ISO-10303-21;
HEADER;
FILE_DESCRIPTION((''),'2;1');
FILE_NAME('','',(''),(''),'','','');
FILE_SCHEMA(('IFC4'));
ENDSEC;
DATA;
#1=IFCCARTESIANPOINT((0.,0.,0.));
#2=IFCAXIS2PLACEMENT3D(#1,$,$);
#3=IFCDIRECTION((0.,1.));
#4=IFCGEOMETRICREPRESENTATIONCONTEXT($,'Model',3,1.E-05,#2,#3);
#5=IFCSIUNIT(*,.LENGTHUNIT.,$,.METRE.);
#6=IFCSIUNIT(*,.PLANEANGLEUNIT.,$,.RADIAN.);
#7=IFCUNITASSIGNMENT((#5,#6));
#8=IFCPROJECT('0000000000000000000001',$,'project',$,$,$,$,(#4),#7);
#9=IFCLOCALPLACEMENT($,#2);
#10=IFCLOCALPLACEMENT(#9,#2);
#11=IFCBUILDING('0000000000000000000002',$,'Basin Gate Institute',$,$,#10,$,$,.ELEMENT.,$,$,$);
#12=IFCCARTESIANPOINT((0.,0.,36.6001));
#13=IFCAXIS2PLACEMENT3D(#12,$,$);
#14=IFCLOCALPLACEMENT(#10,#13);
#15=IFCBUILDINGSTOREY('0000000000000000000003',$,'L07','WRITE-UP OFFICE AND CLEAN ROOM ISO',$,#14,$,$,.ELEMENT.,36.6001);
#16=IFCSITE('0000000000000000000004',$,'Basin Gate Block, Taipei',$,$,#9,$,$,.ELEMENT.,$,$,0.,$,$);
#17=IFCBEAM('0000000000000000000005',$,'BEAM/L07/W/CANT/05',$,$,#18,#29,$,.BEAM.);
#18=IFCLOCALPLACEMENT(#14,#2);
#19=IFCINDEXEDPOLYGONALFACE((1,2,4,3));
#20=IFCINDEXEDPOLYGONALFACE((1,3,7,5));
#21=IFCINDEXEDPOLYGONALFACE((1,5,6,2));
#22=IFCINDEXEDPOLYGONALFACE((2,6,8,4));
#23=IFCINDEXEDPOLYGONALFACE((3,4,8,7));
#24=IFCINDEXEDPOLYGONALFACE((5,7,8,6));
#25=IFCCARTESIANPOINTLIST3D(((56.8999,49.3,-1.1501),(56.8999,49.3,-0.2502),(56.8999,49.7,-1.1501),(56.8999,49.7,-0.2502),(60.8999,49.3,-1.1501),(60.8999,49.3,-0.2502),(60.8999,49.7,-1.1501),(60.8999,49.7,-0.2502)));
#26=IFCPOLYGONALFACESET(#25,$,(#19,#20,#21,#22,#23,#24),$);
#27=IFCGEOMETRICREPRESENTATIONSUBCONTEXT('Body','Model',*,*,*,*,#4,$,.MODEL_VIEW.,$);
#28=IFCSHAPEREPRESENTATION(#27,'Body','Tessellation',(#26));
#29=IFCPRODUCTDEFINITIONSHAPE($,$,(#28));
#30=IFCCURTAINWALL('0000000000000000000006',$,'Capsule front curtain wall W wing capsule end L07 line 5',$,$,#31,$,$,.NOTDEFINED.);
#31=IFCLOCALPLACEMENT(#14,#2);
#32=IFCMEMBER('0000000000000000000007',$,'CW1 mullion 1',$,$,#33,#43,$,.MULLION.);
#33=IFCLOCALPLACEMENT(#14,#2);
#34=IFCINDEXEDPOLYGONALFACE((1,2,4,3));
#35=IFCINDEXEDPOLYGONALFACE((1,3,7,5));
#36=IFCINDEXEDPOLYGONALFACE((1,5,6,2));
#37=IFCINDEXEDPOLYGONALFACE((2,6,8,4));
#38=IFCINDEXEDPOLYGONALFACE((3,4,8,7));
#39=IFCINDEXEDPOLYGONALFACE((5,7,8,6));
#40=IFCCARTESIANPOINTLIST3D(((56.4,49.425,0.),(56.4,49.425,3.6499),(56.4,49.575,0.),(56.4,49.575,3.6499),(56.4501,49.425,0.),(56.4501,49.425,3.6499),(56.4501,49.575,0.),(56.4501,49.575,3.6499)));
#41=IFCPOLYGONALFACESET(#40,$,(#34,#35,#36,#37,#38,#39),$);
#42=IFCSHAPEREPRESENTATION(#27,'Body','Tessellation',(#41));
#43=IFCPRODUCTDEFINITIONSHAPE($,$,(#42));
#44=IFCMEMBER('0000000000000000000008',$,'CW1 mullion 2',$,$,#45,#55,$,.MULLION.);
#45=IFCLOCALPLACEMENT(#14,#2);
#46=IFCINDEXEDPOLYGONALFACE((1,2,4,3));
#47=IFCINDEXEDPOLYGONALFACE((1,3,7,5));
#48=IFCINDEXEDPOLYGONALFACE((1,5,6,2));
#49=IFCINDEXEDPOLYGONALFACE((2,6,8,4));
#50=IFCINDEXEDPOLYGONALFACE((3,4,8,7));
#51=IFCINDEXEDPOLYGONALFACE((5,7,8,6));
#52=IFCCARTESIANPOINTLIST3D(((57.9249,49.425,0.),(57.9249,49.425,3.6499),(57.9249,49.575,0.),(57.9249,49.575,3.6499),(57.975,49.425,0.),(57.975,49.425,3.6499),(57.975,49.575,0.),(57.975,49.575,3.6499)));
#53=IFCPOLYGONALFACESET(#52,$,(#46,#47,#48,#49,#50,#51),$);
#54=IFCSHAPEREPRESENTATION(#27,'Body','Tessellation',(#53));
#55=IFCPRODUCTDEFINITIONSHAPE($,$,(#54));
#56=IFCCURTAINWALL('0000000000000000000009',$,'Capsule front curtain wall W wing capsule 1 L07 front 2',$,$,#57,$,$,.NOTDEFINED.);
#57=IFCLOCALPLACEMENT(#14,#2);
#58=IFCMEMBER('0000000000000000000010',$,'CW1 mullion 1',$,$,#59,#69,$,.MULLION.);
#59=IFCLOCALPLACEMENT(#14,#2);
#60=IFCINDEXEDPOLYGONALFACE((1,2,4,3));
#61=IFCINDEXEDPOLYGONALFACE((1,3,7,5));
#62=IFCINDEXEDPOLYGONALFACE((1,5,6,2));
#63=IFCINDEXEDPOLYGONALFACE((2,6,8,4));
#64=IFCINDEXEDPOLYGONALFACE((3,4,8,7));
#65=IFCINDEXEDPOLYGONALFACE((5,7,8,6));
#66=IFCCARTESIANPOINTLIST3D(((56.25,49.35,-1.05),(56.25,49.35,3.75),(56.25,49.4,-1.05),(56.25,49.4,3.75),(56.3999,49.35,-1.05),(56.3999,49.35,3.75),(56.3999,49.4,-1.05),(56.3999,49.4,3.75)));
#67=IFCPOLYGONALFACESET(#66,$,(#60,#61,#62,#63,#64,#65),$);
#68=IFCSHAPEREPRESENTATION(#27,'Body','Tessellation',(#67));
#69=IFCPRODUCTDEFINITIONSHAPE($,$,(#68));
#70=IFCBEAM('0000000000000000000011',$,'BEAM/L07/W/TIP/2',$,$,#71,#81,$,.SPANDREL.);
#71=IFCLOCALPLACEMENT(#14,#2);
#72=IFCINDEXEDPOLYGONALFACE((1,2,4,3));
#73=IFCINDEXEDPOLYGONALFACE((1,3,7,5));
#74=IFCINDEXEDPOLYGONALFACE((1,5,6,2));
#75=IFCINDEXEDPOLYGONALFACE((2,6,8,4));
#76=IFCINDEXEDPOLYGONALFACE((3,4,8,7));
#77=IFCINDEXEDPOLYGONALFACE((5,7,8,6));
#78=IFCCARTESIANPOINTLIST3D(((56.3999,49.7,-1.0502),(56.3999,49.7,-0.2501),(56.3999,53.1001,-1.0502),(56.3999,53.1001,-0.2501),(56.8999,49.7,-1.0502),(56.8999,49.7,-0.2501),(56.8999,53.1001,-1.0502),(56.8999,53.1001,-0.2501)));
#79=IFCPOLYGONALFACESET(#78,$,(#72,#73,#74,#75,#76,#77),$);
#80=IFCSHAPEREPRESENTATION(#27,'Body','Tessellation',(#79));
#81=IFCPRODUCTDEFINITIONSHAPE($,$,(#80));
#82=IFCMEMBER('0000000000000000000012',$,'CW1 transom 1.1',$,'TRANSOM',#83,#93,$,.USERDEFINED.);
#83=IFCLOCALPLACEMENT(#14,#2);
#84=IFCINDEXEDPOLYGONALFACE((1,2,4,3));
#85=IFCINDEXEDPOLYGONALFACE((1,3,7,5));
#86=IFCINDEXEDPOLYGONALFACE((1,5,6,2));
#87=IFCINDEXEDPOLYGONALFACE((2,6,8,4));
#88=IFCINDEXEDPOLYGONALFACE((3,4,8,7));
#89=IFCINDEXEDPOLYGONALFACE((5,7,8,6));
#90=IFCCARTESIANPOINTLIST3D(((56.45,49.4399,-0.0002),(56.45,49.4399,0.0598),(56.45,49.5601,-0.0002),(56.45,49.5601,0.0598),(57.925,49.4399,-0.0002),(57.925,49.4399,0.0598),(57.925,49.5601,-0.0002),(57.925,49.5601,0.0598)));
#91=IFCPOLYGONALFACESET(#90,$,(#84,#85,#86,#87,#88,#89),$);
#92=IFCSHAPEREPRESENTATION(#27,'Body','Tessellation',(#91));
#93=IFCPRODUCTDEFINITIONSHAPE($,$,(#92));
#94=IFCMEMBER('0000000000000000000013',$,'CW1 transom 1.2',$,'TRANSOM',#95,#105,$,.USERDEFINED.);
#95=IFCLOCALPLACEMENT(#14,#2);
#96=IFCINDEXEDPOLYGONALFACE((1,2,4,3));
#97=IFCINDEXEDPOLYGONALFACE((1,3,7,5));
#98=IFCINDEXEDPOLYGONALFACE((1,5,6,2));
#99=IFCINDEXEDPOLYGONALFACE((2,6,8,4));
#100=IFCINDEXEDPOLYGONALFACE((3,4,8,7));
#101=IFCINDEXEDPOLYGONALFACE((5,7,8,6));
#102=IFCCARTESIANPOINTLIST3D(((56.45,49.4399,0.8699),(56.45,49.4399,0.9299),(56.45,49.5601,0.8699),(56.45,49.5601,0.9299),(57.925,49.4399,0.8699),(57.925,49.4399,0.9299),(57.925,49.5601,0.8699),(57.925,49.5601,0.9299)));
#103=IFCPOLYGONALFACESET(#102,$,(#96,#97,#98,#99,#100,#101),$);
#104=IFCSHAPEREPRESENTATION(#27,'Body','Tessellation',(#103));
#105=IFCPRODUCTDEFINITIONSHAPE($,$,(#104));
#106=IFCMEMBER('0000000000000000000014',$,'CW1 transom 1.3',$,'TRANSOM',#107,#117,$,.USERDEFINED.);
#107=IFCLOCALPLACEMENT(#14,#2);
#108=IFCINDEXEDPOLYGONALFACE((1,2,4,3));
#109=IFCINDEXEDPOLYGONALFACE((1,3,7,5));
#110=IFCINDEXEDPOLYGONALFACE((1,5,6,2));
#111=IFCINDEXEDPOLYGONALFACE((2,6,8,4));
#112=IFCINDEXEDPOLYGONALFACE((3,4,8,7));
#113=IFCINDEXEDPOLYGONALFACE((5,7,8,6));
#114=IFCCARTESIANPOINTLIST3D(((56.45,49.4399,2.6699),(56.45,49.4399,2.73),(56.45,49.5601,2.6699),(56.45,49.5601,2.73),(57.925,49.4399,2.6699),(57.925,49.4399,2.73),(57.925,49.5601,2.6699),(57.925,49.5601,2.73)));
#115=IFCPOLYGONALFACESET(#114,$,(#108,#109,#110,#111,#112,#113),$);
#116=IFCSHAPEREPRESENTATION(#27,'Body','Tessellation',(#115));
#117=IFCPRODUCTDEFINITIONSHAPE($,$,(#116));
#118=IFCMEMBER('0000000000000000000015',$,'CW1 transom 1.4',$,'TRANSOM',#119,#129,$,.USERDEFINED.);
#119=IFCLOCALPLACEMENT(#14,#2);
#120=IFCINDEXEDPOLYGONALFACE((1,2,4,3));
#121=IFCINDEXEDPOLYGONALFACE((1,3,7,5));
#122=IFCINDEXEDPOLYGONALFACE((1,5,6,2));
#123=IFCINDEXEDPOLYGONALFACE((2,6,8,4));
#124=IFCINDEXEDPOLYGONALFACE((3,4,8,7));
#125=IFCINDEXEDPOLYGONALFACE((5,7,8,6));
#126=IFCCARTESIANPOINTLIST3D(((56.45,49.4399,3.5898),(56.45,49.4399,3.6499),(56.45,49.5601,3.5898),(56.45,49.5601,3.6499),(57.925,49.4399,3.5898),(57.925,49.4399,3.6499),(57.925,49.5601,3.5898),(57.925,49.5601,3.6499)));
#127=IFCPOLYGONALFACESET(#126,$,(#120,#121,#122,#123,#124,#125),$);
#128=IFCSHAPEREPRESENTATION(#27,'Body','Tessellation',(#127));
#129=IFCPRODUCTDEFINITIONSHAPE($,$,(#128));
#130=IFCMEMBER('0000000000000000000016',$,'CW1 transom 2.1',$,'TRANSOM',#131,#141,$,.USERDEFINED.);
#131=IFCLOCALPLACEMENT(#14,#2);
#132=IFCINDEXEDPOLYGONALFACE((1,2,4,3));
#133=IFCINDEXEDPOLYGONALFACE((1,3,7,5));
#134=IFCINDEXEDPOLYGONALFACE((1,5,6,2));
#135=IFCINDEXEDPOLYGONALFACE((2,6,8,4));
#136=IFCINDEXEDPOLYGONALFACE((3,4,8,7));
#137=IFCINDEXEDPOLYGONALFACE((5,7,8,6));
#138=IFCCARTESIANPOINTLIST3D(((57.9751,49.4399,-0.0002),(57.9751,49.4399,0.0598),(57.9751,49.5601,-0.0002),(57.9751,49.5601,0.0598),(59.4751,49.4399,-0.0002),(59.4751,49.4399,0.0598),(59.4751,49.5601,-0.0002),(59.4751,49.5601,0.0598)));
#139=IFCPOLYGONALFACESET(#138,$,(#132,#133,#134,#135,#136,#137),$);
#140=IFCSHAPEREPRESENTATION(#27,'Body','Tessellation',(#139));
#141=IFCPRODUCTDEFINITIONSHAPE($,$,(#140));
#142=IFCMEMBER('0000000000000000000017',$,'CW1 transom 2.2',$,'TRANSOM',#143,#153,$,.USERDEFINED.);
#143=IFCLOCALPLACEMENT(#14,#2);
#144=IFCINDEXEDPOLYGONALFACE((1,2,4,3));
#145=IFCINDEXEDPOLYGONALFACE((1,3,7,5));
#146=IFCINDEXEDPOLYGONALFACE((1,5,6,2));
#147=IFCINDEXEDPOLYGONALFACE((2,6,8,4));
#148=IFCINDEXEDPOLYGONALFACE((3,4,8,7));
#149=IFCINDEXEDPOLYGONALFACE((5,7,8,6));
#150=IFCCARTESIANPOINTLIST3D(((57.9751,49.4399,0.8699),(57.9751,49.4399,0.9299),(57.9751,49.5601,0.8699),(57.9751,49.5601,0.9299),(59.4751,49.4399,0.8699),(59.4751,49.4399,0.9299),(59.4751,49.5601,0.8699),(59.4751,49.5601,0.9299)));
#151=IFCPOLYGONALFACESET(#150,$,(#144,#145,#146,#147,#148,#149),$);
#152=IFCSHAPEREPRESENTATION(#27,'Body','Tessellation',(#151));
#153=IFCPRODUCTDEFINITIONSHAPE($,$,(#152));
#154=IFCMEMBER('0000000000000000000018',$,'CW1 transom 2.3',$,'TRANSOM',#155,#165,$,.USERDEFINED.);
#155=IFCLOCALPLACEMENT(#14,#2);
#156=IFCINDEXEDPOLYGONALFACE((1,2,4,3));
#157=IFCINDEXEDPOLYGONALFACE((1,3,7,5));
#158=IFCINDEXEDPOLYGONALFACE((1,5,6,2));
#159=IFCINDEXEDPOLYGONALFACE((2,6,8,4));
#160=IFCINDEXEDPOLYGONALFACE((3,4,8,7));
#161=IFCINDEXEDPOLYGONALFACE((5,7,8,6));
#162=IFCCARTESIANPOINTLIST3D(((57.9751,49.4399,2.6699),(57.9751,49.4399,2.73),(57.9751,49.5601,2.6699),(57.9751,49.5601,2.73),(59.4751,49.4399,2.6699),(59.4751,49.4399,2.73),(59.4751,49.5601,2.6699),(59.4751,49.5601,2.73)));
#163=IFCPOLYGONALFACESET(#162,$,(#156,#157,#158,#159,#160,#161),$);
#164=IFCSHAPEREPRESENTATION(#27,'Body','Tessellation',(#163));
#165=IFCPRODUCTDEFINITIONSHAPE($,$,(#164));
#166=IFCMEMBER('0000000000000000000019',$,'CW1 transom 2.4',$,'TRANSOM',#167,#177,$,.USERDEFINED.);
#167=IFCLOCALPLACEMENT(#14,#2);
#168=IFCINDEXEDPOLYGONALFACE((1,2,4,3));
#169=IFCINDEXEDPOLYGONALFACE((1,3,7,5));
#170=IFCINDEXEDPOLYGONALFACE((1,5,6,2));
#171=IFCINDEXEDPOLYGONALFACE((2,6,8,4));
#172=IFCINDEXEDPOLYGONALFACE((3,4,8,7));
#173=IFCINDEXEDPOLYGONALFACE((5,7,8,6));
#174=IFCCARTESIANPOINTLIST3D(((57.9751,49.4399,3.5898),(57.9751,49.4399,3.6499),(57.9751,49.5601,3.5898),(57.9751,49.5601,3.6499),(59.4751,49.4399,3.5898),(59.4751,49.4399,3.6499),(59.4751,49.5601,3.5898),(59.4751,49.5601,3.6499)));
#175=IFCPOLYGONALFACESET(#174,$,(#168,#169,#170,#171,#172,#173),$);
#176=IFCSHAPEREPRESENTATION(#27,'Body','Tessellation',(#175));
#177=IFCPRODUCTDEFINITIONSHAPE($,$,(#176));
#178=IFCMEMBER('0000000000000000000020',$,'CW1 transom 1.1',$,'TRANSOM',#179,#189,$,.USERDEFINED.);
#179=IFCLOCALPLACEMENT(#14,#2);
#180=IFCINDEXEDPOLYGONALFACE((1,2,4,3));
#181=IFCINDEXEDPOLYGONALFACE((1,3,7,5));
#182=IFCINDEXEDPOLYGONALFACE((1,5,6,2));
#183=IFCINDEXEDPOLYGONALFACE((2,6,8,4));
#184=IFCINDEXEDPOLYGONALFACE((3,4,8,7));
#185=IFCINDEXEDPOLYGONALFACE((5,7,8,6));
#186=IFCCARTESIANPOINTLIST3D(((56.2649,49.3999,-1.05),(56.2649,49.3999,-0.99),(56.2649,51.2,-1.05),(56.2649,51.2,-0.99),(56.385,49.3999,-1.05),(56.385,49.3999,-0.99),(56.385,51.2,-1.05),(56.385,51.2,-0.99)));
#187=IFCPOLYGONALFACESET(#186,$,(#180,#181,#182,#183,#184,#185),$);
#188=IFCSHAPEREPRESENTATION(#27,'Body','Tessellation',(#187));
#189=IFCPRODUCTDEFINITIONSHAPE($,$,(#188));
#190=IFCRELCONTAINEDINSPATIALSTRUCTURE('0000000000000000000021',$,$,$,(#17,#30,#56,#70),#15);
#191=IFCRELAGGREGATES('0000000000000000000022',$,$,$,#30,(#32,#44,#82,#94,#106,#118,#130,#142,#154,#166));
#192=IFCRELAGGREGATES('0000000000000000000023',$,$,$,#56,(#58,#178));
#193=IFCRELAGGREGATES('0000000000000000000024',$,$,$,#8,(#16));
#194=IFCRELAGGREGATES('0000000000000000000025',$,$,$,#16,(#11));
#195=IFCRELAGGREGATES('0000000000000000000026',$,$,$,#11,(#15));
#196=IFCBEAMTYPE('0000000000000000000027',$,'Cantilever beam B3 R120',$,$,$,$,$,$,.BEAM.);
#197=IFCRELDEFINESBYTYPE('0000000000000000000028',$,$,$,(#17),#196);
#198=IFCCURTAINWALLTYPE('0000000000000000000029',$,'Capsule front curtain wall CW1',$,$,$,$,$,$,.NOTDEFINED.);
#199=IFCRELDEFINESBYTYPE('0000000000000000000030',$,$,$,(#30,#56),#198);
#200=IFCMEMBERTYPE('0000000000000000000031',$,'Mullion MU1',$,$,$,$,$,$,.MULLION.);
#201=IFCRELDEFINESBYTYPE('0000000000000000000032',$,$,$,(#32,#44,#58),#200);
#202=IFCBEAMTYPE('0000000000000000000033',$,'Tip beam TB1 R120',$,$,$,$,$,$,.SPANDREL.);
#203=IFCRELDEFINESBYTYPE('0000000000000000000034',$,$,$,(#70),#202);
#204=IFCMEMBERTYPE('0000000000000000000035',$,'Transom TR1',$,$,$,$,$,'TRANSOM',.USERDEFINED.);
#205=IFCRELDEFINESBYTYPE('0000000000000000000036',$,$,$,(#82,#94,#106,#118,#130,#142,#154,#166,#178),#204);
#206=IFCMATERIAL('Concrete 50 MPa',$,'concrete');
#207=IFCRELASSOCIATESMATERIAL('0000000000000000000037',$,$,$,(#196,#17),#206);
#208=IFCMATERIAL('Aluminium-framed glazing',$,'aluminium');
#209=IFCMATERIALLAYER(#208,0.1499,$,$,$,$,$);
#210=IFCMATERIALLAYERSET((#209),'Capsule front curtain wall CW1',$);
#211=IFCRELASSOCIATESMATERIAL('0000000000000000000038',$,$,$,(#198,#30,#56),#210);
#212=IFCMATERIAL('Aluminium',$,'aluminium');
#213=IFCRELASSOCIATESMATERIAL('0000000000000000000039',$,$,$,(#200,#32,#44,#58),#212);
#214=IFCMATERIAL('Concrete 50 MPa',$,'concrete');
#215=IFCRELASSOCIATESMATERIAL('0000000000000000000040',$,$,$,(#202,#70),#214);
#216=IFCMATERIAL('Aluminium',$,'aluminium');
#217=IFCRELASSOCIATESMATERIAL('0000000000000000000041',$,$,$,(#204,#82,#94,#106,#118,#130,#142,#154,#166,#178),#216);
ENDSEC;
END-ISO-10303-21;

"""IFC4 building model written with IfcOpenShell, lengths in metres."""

from ifc_helpers import new_model, si_unit, direction, frame, origin, origin_2d, place, context, subcontext, project, spatial, rectangle, extrude, material, layer, layer_set, material_profile, profile_set, type_object, element, aggregate, save


model = new_model("IFC4")

# Units and contexts
model_context = context("Model", 3, precision=1e-05, world=origin(), true_north=direction((0.0, 1.0)))
body_context = subcontext(model_context, "Body", "Model", "MODEL_VIEW")
ifc_project = project(units=[si_unit("LENGTHUNIT", "METRE"), si_unit("PLANEANGLEUNIT", "RADIAN")], contexts=[model_context])

# Site, building, storey
site_placement = place(None, origin())
site = spatial("IfcSite", under=ifc_project, at=site_placement, Name="Basin Gate Block, Taipei", CompositionType="ELEMENT", RefElevation=0.0)
building_placement = place(site_placement, origin())
building = spatial("IfcBuilding", under=site, at=building_placement, Name="Basin Gate Institute", CompositionType="ELEMENT")
storey_placement = place(building_placement, frame((0.0, 0.0, 36.6001)))
storey = spatial("IfcBuildingStorey", under=building, at=storey_placement, Name="L07", Description="WRITE-UP OFFICE AND CLEAN ROOM ISO", CompositionType="ELEMENT", Elevation=36.6001)

# Beam
ifc_material_1 = material(Name="Concrete 50 MPa", Category="concrete")
ifc_material_profile_1 = material_profile(ifc_material_1, rectangle(XDim=0.3999, YDim=0.8999, at=origin_2d()), Name="Cantilever beam B3 400 x 900")
ifc_profile_set_1 = profile_set([ifc_material_profile_1], Name="Concrete 50 MPa")
beam_type_1 = type_object("IfcBeamType", Name="Cantilever beam B3 R120", PredefinedType="BEAM", material=ifc_profile_set_1)
beam_1_placement = place(storey_placement, frame((56.8999, 49.5, -0.7002), z_axis=(1.0, 0.0, 0.0), x_axis=(0.0, 1.0, 0.0)))
element("IfcBeam", 1, at=beam_1_placement, inside=storey, type_object=beam_type_1, material=ifc_profile_set_1, Name="BEAM/L07/W/CANT/05", PredefinedType="BEAM", context=body_context, shape_type="SweptSolid", body=[
    extrude(rectangle(XDim=0.3999, YDim=0.8999, at=origin_2d()), origin(), (0.0, 0.0, 1.0), 4.0),
])

# Curtain wall, members
ifc_material_2 = material(Name="Aluminium-framed glazing", Category="aluminium")
ifc_layer_1 = layer(ifc_material_2, 0.1499)
ifc_layer_set_1 = layer_set([ifc_layer_1], Name="Capsule front curtain wall CW1")
curtain_wall_type = type_object("IfcCurtainWallType", Name="Capsule front curtain wall CW1", PredefinedType="NOTDEFINED", material=ifc_layer_set_1)
curtain_wall_1_placement = place(storey_placement, origin())
curtain_wall_1 = element("IfcCurtainWall", 2, at=curtain_wall_1_placement, inside=storey, type_object=curtain_wall_type, material=ifc_layer_set_1, Name="Capsule front curtain wall W wing capsule end L07 line 5", PredefinedType="NOTDEFINED")
ifc_material_3 = material(Name="Aluminium", Category="aluminium")
ifc_material_profile_2 = material_profile(ifc_material_3, rectangle(XDim=0.1499, YDim=0.05, at=origin_2d()), Name="Mullion MU1 150 x 50")
ifc_profile_set_2 = profile_set([ifc_material_profile_2], Name="Aluminium")
member_type_1 = type_object("IfcMemberType", Name="Mullion MU1", PredefinedType="MULLION", material=ifc_profile_set_2)
member_1_placement = place(storey_placement, frame((56.425, 49.5, 0.0), z_axis=(0.0, 0.0, 1.0), x_axis=(0.0, 1.0, 0.0)))
member_1 = element("IfcMember", 3, at=member_1_placement, type_object=member_type_1, material=ifc_profile_set_2, Name="CW1 mullion 1", PredefinedType="MULLION", context=body_context, shape_type="SweptSolid", body=[
    extrude(rectangle(XDim=0.1499, YDim=0.05, at=origin_2d()), origin(), (0.0, 0.0, 1.0), 3.6499),
])
member_2_placement = place(storey_placement, frame((57.95, 49.5, 0.0), z_axis=(0.0, 0.0, 1.0), x_axis=(0.0, 1.0, 0.0)))
member_2 = element("IfcMember", 4, at=member_2_placement, type_object=member_type_1, material=ifc_profile_set_2, Name="CW1 mullion 2", PredefinedType="MULLION", context=body_context, shape_type="SweptSolid", body=[
    extrude(rectangle(XDim=0.1499, YDim=0.05, at=origin_2d()), origin(), (0.0, 0.0, 1.0), 3.6499),
])

# Curtain wall, member
curtain_wall_2_placement = place(storey_placement, origin())
curtain_wall_2 = element("IfcCurtainWall", 5, at=curtain_wall_2_placement, inside=storey, type_object=curtain_wall_type, material=ifc_layer_set_1, Name="Capsule front curtain wall W wing capsule 1 L07 front 2", PredefinedType="NOTDEFINED")
member_3_placement = place(storey_placement, frame((56.325, 49.375, -1.05), z_axis=(0.0, 0.0, 1.0), x_axis=(-1.0, 0.0, 0.0)))
member_3 = element("IfcMember", 6, at=member_3_placement, type_object=member_type_1, material=ifc_profile_set_2, Name="CW1 mullion 1", PredefinedType="MULLION", context=body_context, shape_type="SweptSolid", body=[
    extrude(rectangle(XDim=0.1499, YDim=0.05, at=origin_2d()), origin(), (0.0, 0.0, 1.0), 4.8),
])

# Beam
ifc_material_4 = material(Name="Concrete 50 MPa", Category="concrete")
ifc_material_profile_3 = material_profile(ifc_material_4, rectangle(XDim=0.5, YDim=0.8, at=origin_2d()), Name="Tip beam TB1 500 x 800")
ifc_profile_set_3 = profile_set([ifc_material_profile_3], Name="Concrete 50 MPa")
beam_type_2 = type_object("IfcBeamType", Name="Tip beam TB1 R120", PredefinedType="SPANDREL", material=ifc_profile_set_3)
beam_2_placement = place(storey_placement, frame((56.6499, 49.7, -0.6501), z_axis=(0.0, 1.0, 0.0), x_axis=(-1.0, 0.0, 0.0)))
element("IfcBeam", 7, at=beam_2_placement, inside=storey, type_object=beam_type_2, material=ifc_profile_set_3, Name="BEAM/L07/W/TIP/2", PredefinedType="SPANDREL", context=body_context, shape_type="SweptSolid", body=[
    extrude(rectangle(XDim=0.5, YDim=0.8, at=origin_2d()), origin(), (0.0, 0.0, 1.0), 3.4001),
])

# Members
ifc_material_5 = material(Name="Aluminium", Category="aluminium")
ifc_material_profile_4 = material_profile(ifc_material_5, rectangle(XDim=0.1201, YDim=0.0601, at=origin_2d()), Name="Transom TR1 120 x 60")
ifc_profile_set_4 = profile_set([ifc_material_profile_4], Name="Aluminium")
member_type_2 = type_object("IfcMemberType", Name="Transom TR1", ElementType="TRANSOM", PredefinedType="USERDEFINED", material=ifc_profile_set_4)
member_4_placement = place(storey_placement, frame((56.45, 49.5, 0.0298), z_axis=(1.0, 0.0, 0.0), x_axis=(0.0, 1.0, 0.0)))
member_4 = element("IfcMember", 8, at=member_4_placement, type_object=member_type_2, material=ifc_profile_set_4, Name="CW1 transom 1.1", ObjectType="TRANSOM", PredefinedType="USERDEFINED", context=body_context, shape_type="SweptSolid", body=[
    extrude(rectangle(XDim=0.1201, YDim=0.0601, at=origin_2d()), origin(), (0.0, 0.0, 1.0), 1.4751),
])
member_5_placement = place(storey_placement, frame((56.45, 49.5, 0.8999), z_axis=(1.0, 0.0, 0.0), x_axis=(0.0, 1.0, 0.0)))
member_5 = element("IfcMember", 9, at=member_5_placement, type_object=member_type_2, material=ifc_profile_set_4, Name="CW1 transom 1.2", ObjectType="TRANSOM", PredefinedType="USERDEFINED", context=body_context, shape_type="SweptSolid", body=[
    extrude(rectangle(XDim=0.1201, YDim=0.0601, at=origin_2d()), origin(), (0.0, 0.0, 1.0), 1.4751),
])
member_6_placement = place(storey_placement, frame((56.45, 49.5, 2.7), z_axis=(1.0, 0.0, 0.0), x_axis=(0.0, 1.0, 0.0)))
member_6 = element("IfcMember", 10, at=member_6_placement, type_object=member_type_2, material=ifc_profile_set_4, Name="CW1 transom 1.3", ObjectType="TRANSOM", PredefinedType="USERDEFINED", context=body_context, shape_type="SweptSolid", body=[
    extrude(rectangle(XDim=0.1201, YDim=0.0601, at=origin_2d()), origin(), (0.0, 0.0, 1.0), 1.4751),
])
member_7_placement = place(storey_placement, frame((56.45, 49.5, 3.6199), z_axis=(1.0, 0.0, 0.0), x_axis=(0.0, 1.0, 0.0)))
member_7 = element("IfcMember", 11, at=member_7_placement, type_object=member_type_2, material=ifc_profile_set_4, Name="CW1 transom 1.4", ObjectType="TRANSOM", PredefinedType="USERDEFINED", context=body_context, shape_type="SweptSolid", body=[
    extrude(rectangle(XDim=0.1201, YDim=0.0601, at=origin_2d()), origin(), (0.0, 0.0, 1.0), 1.4751),
])
member_8_placement = place(storey_placement, frame((57.9751, 49.5, 0.0298), z_axis=(1.0, 0.0, 0.0), x_axis=(0.0, 1.0, 0.0)))
member_8 = element("IfcMember", 12, at=member_8_placement, type_object=member_type_2, material=ifc_profile_set_4, Name="CW1 transom 2.1", ObjectType="TRANSOM", PredefinedType="USERDEFINED", context=body_context, shape_type="SweptSolid", body=[
    extrude(rectangle(XDim=0.1201, YDim=0.0601, at=origin_2d()), origin(), (0.0, 0.0, 1.0), 1.5),
])
member_9_placement = place(storey_placement, frame((57.9751, 49.5, 0.8999), z_axis=(1.0, 0.0, 0.0), x_axis=(0.0, 1.0, 0.0)))
member_9 = element("IfcMember", 13, at=member_9_placement, type_object=member_type_2, material=ifc_profile_set_4, Name="CW1 transom 2.2", ObjectType="TRANSOM", PredefinedType="USERDEFINED", context=body_context, shape_type="SweptSolid", body=[
    extrude(rectangle(XDim=0.1201, YDim=0.0601, at=origin_2d()), origin(), (0.0, 0.0, 1.0), 1.5),
])
member_10_placement = place(storey_placement, frame((57.9751, 49.5, 2.7), z_axis=(1.0, 0.0, 0.0), x_axis=(0.0, 1.0, 0.0)))
member_10 = element("IfcMember", 14, at=member_10_placement, type_object=member_type_2, material=ifc_profile_set_4, Name="CW1 transom 2.3", ObjectType="TRANSOM", PredefinedType="USERDEFINED", context=body_context, shape_type="SweptSolid", body=[
    extrude(rectangle(XDim=0.1201, YDim=0.0601, at=origin_2d()), origin(), (0.0, 0.0, 1.0), 1.5),
])
member_11_placement = place(storey_placement, frame((57.9751, 49.5, 3.6199), z_axis=(1.0, 0.0, 0.0), x_axis=(0.0, 1.0, 0.0)))
member_11 = element("IfcMember", 15, at=member_11_placement, type_object=member_type_2, material=ifc_profile_set_4, Name="CW1 transom 2.4", ObjectType="TRANSOM", PredefinedType="USERDEFINED", context=body_context, shape_type="SweptSolid", body=[
    extrude(rectangle(XDim=0.1201, YDim=0.0601, at=origin_2d()), origin(), (0.0, 0.0, 1.0), 1.5),
])
member_12_placement = place(storey_placement, frame((56.325, 49.3999, -1.02), z_axis=(0.0, 1.0, 0.0), x_axis=(-1.0, 0.0, 0.0)))
member_12 = element("IfcMember", 16, at=member_12_placement, type_object=member_type_2, material=ifc_profile_set_4, Name="CW1 transom 1.1", ObjectType="TRANSOM", PredefinedType="USERDEFINED", context=body_context, shape_type="SweptSolid", body=[
    extrude(rectangle(XDim=0.1201, YDim=0.0601, at=origin_2d()), origin(), (0.0, 0.0, 1.0), 1.8),
])

aggregate(curtain_wall_1, [member_1, member_2, member_4, member_5, member_6, member_7, member_8, member_9, member_10, member_11])
aggregate(curtain_wall_2, [member_3, member_12])

save(model, "model.ifc")
